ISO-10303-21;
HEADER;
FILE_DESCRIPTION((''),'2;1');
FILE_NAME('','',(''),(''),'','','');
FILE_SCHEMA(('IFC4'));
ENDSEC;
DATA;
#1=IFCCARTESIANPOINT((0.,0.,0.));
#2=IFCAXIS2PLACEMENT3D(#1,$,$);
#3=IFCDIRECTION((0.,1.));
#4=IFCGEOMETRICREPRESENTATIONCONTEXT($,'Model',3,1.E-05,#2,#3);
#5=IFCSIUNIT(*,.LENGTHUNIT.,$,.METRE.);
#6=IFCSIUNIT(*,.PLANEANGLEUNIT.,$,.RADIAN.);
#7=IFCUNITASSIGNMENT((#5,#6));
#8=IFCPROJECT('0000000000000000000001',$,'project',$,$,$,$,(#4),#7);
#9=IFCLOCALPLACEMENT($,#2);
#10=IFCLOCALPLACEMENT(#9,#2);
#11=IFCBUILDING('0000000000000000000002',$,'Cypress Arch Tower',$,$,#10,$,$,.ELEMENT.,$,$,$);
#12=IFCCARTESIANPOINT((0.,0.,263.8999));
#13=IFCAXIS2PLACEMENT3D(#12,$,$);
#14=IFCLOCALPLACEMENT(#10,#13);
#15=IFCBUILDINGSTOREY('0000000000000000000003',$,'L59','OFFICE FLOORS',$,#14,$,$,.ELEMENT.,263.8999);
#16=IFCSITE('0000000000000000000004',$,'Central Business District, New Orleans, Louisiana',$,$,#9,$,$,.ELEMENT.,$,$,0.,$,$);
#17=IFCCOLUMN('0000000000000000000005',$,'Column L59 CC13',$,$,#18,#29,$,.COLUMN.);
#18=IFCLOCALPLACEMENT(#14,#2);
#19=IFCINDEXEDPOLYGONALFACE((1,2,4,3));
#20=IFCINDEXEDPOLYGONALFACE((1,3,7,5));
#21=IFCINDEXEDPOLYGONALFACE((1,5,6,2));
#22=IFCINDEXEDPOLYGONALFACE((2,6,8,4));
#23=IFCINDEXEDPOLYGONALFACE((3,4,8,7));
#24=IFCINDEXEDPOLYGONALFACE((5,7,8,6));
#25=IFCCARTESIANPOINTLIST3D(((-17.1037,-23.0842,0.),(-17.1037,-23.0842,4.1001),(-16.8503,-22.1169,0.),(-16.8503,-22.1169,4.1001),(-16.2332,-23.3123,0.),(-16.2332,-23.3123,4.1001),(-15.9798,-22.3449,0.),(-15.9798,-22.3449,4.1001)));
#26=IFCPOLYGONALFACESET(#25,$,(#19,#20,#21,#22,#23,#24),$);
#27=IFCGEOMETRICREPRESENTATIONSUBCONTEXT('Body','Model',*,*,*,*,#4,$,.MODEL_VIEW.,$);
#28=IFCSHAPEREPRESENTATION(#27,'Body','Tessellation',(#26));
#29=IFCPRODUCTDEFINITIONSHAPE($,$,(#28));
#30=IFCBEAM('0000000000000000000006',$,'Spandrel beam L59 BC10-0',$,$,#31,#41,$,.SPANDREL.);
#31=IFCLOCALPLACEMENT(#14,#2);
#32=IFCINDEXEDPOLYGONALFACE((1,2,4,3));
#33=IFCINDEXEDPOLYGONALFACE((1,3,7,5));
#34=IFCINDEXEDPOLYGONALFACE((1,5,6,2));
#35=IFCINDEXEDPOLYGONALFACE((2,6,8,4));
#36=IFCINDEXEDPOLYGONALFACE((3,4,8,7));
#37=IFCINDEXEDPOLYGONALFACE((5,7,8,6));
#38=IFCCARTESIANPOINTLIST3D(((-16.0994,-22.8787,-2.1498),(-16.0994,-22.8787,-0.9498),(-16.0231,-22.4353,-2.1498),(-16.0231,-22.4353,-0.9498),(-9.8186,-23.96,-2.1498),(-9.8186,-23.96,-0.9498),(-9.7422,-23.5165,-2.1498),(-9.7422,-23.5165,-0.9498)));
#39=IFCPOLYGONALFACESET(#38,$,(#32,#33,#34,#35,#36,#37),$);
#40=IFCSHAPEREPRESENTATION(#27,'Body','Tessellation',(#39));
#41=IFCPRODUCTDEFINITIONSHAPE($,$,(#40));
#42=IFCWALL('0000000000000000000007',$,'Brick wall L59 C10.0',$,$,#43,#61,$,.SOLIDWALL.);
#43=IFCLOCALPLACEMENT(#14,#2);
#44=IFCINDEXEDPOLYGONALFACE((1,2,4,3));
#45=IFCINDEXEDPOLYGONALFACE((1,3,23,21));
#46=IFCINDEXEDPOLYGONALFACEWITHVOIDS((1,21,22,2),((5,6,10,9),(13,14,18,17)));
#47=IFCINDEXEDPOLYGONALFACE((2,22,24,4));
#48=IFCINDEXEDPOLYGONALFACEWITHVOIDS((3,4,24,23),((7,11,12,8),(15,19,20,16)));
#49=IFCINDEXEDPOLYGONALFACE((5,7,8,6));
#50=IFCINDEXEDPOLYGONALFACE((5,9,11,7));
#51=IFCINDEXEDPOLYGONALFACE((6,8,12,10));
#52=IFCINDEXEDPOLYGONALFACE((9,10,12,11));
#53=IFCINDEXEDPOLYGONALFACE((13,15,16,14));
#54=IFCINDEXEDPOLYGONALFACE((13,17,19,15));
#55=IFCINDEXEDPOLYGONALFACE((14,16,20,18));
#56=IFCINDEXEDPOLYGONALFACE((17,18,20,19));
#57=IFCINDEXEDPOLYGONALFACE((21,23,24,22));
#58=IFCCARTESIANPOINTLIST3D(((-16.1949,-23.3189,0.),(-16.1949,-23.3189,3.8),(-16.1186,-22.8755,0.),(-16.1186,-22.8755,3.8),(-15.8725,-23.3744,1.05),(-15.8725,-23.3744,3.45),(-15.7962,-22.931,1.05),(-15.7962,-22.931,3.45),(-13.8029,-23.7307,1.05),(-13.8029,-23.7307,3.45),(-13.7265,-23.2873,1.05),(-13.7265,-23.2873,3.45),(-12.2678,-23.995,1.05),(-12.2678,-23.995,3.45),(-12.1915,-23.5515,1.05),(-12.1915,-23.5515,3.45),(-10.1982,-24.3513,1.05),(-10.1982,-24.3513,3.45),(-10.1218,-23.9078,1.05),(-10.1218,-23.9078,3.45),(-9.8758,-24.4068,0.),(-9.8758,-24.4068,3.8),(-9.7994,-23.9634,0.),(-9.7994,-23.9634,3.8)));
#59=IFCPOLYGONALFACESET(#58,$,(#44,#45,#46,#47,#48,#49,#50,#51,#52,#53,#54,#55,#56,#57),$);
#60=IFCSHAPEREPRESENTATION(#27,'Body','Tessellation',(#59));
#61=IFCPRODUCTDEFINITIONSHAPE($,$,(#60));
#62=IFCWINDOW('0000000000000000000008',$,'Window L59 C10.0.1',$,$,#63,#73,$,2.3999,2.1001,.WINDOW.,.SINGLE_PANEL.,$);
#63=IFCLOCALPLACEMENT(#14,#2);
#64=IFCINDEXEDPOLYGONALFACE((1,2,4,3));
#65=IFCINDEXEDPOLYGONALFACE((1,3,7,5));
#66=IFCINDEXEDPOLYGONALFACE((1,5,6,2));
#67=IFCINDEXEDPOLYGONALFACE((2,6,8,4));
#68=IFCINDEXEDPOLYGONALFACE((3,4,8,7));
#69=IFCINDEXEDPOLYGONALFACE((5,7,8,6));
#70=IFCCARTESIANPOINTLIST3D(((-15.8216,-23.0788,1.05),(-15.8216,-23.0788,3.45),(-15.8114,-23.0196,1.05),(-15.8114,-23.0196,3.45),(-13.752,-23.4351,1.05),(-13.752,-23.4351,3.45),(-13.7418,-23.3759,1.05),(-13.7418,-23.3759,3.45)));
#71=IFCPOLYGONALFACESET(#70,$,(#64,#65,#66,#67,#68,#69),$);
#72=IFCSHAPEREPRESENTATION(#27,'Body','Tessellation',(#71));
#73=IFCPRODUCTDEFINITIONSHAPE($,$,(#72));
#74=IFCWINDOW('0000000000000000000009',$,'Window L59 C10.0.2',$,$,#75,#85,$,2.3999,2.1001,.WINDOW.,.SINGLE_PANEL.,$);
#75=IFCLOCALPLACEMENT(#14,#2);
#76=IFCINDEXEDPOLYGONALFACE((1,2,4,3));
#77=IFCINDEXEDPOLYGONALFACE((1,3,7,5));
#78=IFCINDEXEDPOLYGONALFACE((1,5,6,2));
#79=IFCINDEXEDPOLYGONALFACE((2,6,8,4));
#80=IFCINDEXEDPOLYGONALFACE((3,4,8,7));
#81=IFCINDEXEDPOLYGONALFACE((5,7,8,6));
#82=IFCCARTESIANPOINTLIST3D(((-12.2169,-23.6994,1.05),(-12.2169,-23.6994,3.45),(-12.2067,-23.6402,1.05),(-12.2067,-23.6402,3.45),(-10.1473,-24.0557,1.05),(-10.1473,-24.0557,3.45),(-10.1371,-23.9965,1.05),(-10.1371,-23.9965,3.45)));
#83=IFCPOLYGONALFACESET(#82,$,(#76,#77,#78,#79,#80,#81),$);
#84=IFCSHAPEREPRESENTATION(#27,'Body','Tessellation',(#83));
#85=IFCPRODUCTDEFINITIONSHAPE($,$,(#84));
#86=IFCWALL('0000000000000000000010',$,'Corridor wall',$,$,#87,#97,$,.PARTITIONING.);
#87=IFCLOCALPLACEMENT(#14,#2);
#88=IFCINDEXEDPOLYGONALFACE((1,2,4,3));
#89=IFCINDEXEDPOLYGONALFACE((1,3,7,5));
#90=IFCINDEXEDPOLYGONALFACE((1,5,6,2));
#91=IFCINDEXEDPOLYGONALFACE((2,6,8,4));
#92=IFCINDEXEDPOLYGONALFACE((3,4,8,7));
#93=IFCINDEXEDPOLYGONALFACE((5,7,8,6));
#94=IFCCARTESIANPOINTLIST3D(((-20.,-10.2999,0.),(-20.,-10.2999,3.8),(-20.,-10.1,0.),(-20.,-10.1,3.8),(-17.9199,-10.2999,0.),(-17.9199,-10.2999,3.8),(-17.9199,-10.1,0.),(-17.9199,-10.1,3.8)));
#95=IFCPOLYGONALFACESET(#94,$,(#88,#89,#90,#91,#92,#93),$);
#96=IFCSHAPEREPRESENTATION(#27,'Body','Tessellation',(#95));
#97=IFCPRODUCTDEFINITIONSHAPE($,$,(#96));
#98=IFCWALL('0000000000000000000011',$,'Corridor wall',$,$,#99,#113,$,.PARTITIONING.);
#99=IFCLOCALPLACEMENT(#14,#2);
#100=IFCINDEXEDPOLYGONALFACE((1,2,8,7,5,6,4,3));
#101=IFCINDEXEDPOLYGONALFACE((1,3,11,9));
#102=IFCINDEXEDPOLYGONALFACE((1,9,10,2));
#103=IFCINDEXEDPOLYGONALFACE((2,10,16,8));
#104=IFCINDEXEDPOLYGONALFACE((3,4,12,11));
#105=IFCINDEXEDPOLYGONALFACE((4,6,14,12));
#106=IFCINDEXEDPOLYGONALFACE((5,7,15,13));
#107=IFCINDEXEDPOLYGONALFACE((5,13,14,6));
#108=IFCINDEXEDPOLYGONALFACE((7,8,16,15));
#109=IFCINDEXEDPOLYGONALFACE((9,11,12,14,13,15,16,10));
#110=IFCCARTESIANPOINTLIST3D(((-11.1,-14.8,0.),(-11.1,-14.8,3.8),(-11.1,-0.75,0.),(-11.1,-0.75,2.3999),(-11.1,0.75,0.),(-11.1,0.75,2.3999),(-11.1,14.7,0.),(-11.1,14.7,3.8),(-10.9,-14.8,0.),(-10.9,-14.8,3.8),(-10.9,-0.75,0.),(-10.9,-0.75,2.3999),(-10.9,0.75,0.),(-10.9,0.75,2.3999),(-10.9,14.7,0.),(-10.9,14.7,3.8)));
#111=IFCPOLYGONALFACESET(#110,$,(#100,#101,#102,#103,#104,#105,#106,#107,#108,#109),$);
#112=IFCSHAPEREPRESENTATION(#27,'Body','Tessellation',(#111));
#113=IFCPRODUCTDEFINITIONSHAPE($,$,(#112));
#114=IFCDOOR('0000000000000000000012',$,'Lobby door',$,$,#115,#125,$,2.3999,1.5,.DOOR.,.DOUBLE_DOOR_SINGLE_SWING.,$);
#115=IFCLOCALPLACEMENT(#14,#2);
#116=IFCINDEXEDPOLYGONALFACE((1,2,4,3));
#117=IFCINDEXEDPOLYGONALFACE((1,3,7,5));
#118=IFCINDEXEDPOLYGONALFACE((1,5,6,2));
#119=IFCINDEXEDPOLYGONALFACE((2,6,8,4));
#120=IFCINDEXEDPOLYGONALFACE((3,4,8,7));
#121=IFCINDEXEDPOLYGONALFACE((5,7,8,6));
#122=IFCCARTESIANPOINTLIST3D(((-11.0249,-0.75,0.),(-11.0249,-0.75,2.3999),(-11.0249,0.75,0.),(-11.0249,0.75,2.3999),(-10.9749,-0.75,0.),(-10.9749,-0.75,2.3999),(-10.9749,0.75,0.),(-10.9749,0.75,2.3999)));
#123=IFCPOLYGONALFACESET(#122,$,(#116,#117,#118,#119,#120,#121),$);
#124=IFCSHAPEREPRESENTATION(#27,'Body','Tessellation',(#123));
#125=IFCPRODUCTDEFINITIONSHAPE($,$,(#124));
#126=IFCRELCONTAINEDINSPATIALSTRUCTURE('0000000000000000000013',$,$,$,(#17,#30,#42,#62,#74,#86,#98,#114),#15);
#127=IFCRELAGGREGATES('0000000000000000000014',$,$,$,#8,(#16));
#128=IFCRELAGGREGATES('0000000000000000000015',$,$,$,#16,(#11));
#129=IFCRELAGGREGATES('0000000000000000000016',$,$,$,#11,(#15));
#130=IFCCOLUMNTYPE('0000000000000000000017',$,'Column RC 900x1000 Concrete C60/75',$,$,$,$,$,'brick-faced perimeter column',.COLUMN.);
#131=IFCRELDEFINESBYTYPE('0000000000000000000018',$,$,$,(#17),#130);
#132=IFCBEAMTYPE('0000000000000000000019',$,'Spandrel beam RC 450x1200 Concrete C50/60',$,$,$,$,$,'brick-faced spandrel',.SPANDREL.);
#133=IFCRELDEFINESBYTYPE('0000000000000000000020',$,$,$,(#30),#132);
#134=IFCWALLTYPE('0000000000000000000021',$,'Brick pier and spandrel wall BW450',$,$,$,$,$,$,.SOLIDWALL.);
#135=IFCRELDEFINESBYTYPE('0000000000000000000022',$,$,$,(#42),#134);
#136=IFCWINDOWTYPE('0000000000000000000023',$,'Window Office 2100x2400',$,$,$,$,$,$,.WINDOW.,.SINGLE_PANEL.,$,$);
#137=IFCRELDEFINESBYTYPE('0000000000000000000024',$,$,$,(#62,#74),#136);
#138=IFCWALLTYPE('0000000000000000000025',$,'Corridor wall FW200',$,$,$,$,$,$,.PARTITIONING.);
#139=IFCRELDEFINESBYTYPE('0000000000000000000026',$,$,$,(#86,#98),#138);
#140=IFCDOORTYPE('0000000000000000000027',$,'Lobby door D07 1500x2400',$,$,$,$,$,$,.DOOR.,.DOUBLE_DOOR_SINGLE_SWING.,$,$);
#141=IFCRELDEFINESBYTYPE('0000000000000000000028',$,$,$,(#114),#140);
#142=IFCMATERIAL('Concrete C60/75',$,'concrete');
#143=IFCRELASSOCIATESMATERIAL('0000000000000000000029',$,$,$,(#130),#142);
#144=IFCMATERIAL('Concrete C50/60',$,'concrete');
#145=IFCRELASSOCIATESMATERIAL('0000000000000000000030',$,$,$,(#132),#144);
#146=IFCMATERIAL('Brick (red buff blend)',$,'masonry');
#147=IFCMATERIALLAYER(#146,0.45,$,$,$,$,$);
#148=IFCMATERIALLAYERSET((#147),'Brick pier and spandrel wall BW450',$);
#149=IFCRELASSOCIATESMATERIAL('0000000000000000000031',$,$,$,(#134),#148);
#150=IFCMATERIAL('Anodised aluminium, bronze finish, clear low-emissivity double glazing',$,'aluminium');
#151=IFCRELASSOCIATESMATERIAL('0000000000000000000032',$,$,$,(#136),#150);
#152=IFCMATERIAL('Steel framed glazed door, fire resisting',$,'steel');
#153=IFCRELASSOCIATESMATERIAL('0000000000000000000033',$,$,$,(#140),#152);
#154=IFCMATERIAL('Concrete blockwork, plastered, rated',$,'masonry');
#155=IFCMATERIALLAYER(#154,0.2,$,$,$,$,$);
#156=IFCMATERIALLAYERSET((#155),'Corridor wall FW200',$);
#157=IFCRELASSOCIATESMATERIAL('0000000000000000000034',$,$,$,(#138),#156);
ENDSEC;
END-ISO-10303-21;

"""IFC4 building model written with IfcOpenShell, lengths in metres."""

from ifc_helpers import new_model, si_unit, direction, frame, frame_2d, origin, origin_2d, place, context, subcontext, project, spatial, rectangle, extrude, material, layer, layer_set, material_profile, profile_set, type_object, element, fill, save


model = new_model("IFC4")

# Units and contexts
model_context = context("Model", 3, precision=1e-05, world=origin(), true_north=direction((0.0, 1.0)))
body_context = subcontext(model_context, "Body", "Model", "MODEL_VIEW")
ifc_project = project(units=[si_unit("LENGTHUNIT", "METRE"), si_unit("PLANEANGLEUNIT", "RADIAN")], contexts=[model_context])

# Site, building, storey
site_placement = place(None, origin())
site = spatial("IfcSite", under=ifc_project, at=site_placement, Name="Central Business District, New Orleans, Louisiana", CompositionType="ELEMENT", RefElevation=0.0)
building_placement = place(site_placement, origin())
building = spatial("IfcBuilding", under=site, at=building_placement, Name="Cypress Arch Tower", CompositionType="ELEMENT")
storey_placement = place(building_placement, frame((0.0, 0.0, 263.8999)))
storey = spatial("IfcBuildingStorey", under=building, at=storey_placement, Name="L59", Description="OFFICE FLOORS", CompositionType="ELEMENT", Elevation=263.8999)

# Column
ifc_material_1 = material(Name="Concrete C60/75", Category="concrete")
ifc_material_profile_1 = material_profile(ifc_material_1, rectangle(XDim=0.8999, YDim=1.0, at=origin_2d()), Name="RC 900x1000")
ifc_profile_set_1 = profile_set([ifc_material_profile_1], Name="Concrete C60/75")
column_type = type_object("IfcColumnType", Name="Column RC 900x1000 Concrete C60/75", ElementType="brick-faced perimeter column", PredefinedType="COLUMN", material=ifc_profile_set_1)
column_placement = place(storey_placement, frame((-16.5417, -22.7146, 0.0), z_axis=(0.0, 0.0, 1.0), x_axis=(0.967356, -0.253422, 0.0)))
element("IfcColumn", 1, at=column_placement, inside=storey, type_object=column_type, Name="Column L59 CC13", PredefinedType="COLUMN", context=body_context, shape_type="SweptSolid", body=[
    extrude(rectangle(XDim=0.8999, YDim=1.0, at=origin_2d()), origin(), (0.0, 0.0, 1.0), 4.1001),
])

# Beam
ifc_material_2 = material(Name="Concrete C50/60", Category="concrete")
ifc_material_profile_2 = material_profile(ifc_material_2, rectangle(XDim=0.45, YDim=1.2, at=origin_2d()), Name="RC 450x1200")
ifc_profile_set_2 = profile_set([ifc_material_profile_2], Name="Concrete C50/60")
beam_type = type_object("IfcBeamType", Name="Spandrel beam RC 450x1200 Concrete C50/60", ElementType="brick-faced spandrel", PredefinedType="SPANDREL", material=ifc_profile_set_2)
beam_placement = place(storey_placement, frame((-16.0613, -22.657, -1.5498), z_axis=(0.985503, -0.169658, 0.0), x_axis=(0.169658, 0.985503, 0.0)))
element("IfcBeam", 2, at=beam_placement, inside=storey, type_object=beam_type, Name="Spandrel beam L59 BC10-0", PredefinedType="SPANDREL", context=body_context, shape_type="SweptSolid", body=[
    extrude(rectangle(XDim=0.45, YDim=1.2, at=origin_2d()), origin(), (0.0, 0.0, 1.0), 6.3733),
])

# Wall, openings, windows
ifc_material_3 = material(Name="Brick (red buff blend)", Category="masonry")
ifc_layer_1 = layer(ifc_material_3, 0.45)
ifc_layer_set_1 = layer_set([ifc_layer_1], Name="Brick pier and spandrel wall BW450")
wall_type_1 = type_object("IfcWallType", Name="Brick pier and spandrel wall BW450", PredefinedType="SOLIDWALL", material=ifc_layer_set_1)
wall_1_placement = place(storey_placement, frame((-16.1567, -23.0972, 0.0), z_axis=(0.0, 0.0, 1.0), x_axis=(0.985502, -0.169663, 0.0)))
wall_1 = element("IfcWall", 3, at=wall_1_placement, inside=storey, type_object=wall_type_1, Name="Brick wall L59 C10.0", PredefinedType="SOLIDWALL", context=body_context, shape_type="SweptSolid", body=[
    extrude(rectangle(XDim=6.4121, YDim=0.45, at=frame_2d((3.2061, 0.0))), origin(), (0.0, 0.0, 1.0), 3.8),
])
opening_1_placement = place(wall_1_placement, frame((0.3271, 0.0, 1.05)))
opening_1 = element("IfcOpeningElement", 4, at=opening_1_placement, cuts=wall_1, PredefinedType="OPENING", context=body_context, shape_type="SweptSolid", body=[
    extrude(rectangle(XDim=2.1001, YDim=2.3999, at=frame_2d((1.05, 1.2))), frame((0.0, 0.2349, 0.0), z_axis=(0.0, -1.0, 0.0), x_axis=(1.0, 0.0, 0.0)), (0.0, 0.0, 1.0), 0.47),
])
opening_2_placement = place(wall_1_placement, frame((3.9849, 0.0, 1.05)))
opening_2 = element("IfcOpeningElement", 5, at=opening_2_placement, cuts=wall_1, PredefinedType="OPENING", context=body_context, shape_type="SweptSolid", body=[
    extrude(rectangle(XDim=2.1001, YDim=2.3999, at=frame_2d((1.05, 1.2))), frame((0.0, 0.2349, 0.0), z_axis=(0.0, -1.0, 0.0), x_axis=(1.0, 0.0, 0.0)), (0.0, 0.0, 1.0), 0.47),
])
ifc_material_4 = material(Name="Anodised aluminium, bronze finish, clear low-emissivity double glazing", Category="aluminium")
window_type = type_object("IfcWindowType", Name="Window Office 2100x2400", PartitioningType="SINGLE_PANEL", PredefinedType="WINDOW", material=ifc_material_4)
window_1_placement = place(opening_1_placement, origin())
window_1 = element("IfcWindow", 6, at=window_1_placement, inside=storey, type_object=window_type, Name="Window L59 C10.0.1", OverallHeight=2.3999, OverallWidth=2.1001, PartitioningType="SINGLE_PANEL", PredefinedType="WINDOW", context=body_context, shape_type="SweptSolid", body=[
    extrude(rectangle(XDim=2.1001, YDim=2.3999, at=frame_2d((1.05, 1.2))), frame((0.0, 0.135, 0.0), z_axis=(0.0, -1.0, 0.0), x_axis=(1.0, 0.0, 0.0)), (0.0, 0.0, 1.0), 0.0601),
])
fill(opening_1, window_1)
window_2_placement = place(opening_2_placement, origin())
window_2 = element("IfcWindow", 7, at=window_2_placement, inside=storey, type_object=window_type, Name="Window L59 C10.0.2", OverallHeight=2.3999, OverallWidth=2.1001, PartitioningType="SINGLE_PANEL", PredefinedType="WINDOW", context=body_context, shape_type="SweptSolid", body=[
    extrude(rectangle(XDim=2.1001, YDim=2.3999, at=frame_2d((1.05, 1.2))), frame((0.0, 0.135, 0.0), z_axis=(0.0, -1.0, 0.0), x_axis=(1.0, 0.0, 0.0)), (0.0, 0.0, 1.0), 0.0601),
])
fill(opening_2, window_2)

# Shared definitions
ifc_material_5 = material(Name="Steel framed glazed door, fire resisting", Category="steel")
door_type_1 = type_object("IfcDoorType", Name="Lobby door D07 1500x2400", OperationType="DOUBLE_DOOR_SINGLE_SWING", PredefinedType="DOOR", material=ifc_material_5)

# Wall
ifc_material_6 = material(Name="Concrete blockwork, plastered, rated", Category="masonry")
ifc_layer_2 = layer(ifc_material_6, 0.2)
ifc_layer_set_2 = layer_set([ifc_layer_2], Name="Corridor wall FW200")
wall_type_2 = type_object("IfcWallType", Name="Corridor wall FW200", PredefinedType="PARTITIONING", material=ifc_layer_set_2)
wall_2_placement = place(storey_placement, frame((-20.0, -10.2, 0.0), z_axis=(0.0, 0.0, 1.0), x_axis=(1.0, 0.0, 0.0)))
element("IfcWall", 8, at=wall_2_placement, inside=storey, type_object=wall_type_2, Name="Corridor wall", PredefinedType="PARTITIONING", context=body_context, shape_type="SweptSolid", body=[
    extrude(rectangle(XDim=2.0801, YDim=0.2, at=frame_2d((1.04, 0.0))), origin(), (0.0, 0.0, 1.0), 3.8),
])

# Wall, opening, door
wall_3_placement = place(storey_placement, frame((-11.0, -14.8, 0.0), z_axis=(0.0, 0.0, 1.0), x_axis=(0.0, 1.0, 0.0)))
wall_3 = element("IfcWall", 9, at=wall_3_placement, inside=storey, type_object=wall_type_2, Name="Corridor wall", PredefinedType="PARTITIONING", context=body_context, shape_type="SweptSolid", body=[
    extrude(rectangle(XDim=29.5, YDim=0.2, at=frame_2d((14.75, 0.0))), origin(), (0.0, 0.0, 1.0), 3.8),
])
opening_3_placement = place(wall_3_placement, frame((14.05, 0.0, 0.0)))
opening_3 = element("IfcOpeningElement", 10, at=opening_3_placement, cuts=wall_3, PredefinedType="OPENING", context=body_context, shape_type="SweptSolid", body=[
    extrude(rectangle(XDim=1.5, YDim=2.3999, at=frame_2d((0.75, 1.2))), frame((0.0, 0.1099, 0.0), z_axis=(0.0, -1.0, 0.0), x_axis=(1.0, 0.0, 0.0)), (0.0, 0.0, 1.0), 0.22),
])
door_1_placement = place(opening_3_placement, origin())
door_1 = element("IfcDoor", 11, at=door_1_placement, inside=storey, type_object=door_type_1, Name="Lobby door", OperationType="DOUBLE_DOOR_SINGLE_SWING", OverallHeight=2.3999, OverallWidth=1.5, PredefinedType="DOOR", context=body_context, shape_type="SweptSolid", body=[
    extrude(rectangle(XDim=1.5, YDim=2.3999, at=frame_2d((0.75, 1.2))), frame((0.0, 0.0249, 0.0), z_axis=(0.0, -1.0, 0.0), x_axis=(1.0, 0.0, 0.0)), (0.0, 0.0, 1.0), 0.05),
])
fill(opening_3, door_1)

save(model, "model.ifc")
